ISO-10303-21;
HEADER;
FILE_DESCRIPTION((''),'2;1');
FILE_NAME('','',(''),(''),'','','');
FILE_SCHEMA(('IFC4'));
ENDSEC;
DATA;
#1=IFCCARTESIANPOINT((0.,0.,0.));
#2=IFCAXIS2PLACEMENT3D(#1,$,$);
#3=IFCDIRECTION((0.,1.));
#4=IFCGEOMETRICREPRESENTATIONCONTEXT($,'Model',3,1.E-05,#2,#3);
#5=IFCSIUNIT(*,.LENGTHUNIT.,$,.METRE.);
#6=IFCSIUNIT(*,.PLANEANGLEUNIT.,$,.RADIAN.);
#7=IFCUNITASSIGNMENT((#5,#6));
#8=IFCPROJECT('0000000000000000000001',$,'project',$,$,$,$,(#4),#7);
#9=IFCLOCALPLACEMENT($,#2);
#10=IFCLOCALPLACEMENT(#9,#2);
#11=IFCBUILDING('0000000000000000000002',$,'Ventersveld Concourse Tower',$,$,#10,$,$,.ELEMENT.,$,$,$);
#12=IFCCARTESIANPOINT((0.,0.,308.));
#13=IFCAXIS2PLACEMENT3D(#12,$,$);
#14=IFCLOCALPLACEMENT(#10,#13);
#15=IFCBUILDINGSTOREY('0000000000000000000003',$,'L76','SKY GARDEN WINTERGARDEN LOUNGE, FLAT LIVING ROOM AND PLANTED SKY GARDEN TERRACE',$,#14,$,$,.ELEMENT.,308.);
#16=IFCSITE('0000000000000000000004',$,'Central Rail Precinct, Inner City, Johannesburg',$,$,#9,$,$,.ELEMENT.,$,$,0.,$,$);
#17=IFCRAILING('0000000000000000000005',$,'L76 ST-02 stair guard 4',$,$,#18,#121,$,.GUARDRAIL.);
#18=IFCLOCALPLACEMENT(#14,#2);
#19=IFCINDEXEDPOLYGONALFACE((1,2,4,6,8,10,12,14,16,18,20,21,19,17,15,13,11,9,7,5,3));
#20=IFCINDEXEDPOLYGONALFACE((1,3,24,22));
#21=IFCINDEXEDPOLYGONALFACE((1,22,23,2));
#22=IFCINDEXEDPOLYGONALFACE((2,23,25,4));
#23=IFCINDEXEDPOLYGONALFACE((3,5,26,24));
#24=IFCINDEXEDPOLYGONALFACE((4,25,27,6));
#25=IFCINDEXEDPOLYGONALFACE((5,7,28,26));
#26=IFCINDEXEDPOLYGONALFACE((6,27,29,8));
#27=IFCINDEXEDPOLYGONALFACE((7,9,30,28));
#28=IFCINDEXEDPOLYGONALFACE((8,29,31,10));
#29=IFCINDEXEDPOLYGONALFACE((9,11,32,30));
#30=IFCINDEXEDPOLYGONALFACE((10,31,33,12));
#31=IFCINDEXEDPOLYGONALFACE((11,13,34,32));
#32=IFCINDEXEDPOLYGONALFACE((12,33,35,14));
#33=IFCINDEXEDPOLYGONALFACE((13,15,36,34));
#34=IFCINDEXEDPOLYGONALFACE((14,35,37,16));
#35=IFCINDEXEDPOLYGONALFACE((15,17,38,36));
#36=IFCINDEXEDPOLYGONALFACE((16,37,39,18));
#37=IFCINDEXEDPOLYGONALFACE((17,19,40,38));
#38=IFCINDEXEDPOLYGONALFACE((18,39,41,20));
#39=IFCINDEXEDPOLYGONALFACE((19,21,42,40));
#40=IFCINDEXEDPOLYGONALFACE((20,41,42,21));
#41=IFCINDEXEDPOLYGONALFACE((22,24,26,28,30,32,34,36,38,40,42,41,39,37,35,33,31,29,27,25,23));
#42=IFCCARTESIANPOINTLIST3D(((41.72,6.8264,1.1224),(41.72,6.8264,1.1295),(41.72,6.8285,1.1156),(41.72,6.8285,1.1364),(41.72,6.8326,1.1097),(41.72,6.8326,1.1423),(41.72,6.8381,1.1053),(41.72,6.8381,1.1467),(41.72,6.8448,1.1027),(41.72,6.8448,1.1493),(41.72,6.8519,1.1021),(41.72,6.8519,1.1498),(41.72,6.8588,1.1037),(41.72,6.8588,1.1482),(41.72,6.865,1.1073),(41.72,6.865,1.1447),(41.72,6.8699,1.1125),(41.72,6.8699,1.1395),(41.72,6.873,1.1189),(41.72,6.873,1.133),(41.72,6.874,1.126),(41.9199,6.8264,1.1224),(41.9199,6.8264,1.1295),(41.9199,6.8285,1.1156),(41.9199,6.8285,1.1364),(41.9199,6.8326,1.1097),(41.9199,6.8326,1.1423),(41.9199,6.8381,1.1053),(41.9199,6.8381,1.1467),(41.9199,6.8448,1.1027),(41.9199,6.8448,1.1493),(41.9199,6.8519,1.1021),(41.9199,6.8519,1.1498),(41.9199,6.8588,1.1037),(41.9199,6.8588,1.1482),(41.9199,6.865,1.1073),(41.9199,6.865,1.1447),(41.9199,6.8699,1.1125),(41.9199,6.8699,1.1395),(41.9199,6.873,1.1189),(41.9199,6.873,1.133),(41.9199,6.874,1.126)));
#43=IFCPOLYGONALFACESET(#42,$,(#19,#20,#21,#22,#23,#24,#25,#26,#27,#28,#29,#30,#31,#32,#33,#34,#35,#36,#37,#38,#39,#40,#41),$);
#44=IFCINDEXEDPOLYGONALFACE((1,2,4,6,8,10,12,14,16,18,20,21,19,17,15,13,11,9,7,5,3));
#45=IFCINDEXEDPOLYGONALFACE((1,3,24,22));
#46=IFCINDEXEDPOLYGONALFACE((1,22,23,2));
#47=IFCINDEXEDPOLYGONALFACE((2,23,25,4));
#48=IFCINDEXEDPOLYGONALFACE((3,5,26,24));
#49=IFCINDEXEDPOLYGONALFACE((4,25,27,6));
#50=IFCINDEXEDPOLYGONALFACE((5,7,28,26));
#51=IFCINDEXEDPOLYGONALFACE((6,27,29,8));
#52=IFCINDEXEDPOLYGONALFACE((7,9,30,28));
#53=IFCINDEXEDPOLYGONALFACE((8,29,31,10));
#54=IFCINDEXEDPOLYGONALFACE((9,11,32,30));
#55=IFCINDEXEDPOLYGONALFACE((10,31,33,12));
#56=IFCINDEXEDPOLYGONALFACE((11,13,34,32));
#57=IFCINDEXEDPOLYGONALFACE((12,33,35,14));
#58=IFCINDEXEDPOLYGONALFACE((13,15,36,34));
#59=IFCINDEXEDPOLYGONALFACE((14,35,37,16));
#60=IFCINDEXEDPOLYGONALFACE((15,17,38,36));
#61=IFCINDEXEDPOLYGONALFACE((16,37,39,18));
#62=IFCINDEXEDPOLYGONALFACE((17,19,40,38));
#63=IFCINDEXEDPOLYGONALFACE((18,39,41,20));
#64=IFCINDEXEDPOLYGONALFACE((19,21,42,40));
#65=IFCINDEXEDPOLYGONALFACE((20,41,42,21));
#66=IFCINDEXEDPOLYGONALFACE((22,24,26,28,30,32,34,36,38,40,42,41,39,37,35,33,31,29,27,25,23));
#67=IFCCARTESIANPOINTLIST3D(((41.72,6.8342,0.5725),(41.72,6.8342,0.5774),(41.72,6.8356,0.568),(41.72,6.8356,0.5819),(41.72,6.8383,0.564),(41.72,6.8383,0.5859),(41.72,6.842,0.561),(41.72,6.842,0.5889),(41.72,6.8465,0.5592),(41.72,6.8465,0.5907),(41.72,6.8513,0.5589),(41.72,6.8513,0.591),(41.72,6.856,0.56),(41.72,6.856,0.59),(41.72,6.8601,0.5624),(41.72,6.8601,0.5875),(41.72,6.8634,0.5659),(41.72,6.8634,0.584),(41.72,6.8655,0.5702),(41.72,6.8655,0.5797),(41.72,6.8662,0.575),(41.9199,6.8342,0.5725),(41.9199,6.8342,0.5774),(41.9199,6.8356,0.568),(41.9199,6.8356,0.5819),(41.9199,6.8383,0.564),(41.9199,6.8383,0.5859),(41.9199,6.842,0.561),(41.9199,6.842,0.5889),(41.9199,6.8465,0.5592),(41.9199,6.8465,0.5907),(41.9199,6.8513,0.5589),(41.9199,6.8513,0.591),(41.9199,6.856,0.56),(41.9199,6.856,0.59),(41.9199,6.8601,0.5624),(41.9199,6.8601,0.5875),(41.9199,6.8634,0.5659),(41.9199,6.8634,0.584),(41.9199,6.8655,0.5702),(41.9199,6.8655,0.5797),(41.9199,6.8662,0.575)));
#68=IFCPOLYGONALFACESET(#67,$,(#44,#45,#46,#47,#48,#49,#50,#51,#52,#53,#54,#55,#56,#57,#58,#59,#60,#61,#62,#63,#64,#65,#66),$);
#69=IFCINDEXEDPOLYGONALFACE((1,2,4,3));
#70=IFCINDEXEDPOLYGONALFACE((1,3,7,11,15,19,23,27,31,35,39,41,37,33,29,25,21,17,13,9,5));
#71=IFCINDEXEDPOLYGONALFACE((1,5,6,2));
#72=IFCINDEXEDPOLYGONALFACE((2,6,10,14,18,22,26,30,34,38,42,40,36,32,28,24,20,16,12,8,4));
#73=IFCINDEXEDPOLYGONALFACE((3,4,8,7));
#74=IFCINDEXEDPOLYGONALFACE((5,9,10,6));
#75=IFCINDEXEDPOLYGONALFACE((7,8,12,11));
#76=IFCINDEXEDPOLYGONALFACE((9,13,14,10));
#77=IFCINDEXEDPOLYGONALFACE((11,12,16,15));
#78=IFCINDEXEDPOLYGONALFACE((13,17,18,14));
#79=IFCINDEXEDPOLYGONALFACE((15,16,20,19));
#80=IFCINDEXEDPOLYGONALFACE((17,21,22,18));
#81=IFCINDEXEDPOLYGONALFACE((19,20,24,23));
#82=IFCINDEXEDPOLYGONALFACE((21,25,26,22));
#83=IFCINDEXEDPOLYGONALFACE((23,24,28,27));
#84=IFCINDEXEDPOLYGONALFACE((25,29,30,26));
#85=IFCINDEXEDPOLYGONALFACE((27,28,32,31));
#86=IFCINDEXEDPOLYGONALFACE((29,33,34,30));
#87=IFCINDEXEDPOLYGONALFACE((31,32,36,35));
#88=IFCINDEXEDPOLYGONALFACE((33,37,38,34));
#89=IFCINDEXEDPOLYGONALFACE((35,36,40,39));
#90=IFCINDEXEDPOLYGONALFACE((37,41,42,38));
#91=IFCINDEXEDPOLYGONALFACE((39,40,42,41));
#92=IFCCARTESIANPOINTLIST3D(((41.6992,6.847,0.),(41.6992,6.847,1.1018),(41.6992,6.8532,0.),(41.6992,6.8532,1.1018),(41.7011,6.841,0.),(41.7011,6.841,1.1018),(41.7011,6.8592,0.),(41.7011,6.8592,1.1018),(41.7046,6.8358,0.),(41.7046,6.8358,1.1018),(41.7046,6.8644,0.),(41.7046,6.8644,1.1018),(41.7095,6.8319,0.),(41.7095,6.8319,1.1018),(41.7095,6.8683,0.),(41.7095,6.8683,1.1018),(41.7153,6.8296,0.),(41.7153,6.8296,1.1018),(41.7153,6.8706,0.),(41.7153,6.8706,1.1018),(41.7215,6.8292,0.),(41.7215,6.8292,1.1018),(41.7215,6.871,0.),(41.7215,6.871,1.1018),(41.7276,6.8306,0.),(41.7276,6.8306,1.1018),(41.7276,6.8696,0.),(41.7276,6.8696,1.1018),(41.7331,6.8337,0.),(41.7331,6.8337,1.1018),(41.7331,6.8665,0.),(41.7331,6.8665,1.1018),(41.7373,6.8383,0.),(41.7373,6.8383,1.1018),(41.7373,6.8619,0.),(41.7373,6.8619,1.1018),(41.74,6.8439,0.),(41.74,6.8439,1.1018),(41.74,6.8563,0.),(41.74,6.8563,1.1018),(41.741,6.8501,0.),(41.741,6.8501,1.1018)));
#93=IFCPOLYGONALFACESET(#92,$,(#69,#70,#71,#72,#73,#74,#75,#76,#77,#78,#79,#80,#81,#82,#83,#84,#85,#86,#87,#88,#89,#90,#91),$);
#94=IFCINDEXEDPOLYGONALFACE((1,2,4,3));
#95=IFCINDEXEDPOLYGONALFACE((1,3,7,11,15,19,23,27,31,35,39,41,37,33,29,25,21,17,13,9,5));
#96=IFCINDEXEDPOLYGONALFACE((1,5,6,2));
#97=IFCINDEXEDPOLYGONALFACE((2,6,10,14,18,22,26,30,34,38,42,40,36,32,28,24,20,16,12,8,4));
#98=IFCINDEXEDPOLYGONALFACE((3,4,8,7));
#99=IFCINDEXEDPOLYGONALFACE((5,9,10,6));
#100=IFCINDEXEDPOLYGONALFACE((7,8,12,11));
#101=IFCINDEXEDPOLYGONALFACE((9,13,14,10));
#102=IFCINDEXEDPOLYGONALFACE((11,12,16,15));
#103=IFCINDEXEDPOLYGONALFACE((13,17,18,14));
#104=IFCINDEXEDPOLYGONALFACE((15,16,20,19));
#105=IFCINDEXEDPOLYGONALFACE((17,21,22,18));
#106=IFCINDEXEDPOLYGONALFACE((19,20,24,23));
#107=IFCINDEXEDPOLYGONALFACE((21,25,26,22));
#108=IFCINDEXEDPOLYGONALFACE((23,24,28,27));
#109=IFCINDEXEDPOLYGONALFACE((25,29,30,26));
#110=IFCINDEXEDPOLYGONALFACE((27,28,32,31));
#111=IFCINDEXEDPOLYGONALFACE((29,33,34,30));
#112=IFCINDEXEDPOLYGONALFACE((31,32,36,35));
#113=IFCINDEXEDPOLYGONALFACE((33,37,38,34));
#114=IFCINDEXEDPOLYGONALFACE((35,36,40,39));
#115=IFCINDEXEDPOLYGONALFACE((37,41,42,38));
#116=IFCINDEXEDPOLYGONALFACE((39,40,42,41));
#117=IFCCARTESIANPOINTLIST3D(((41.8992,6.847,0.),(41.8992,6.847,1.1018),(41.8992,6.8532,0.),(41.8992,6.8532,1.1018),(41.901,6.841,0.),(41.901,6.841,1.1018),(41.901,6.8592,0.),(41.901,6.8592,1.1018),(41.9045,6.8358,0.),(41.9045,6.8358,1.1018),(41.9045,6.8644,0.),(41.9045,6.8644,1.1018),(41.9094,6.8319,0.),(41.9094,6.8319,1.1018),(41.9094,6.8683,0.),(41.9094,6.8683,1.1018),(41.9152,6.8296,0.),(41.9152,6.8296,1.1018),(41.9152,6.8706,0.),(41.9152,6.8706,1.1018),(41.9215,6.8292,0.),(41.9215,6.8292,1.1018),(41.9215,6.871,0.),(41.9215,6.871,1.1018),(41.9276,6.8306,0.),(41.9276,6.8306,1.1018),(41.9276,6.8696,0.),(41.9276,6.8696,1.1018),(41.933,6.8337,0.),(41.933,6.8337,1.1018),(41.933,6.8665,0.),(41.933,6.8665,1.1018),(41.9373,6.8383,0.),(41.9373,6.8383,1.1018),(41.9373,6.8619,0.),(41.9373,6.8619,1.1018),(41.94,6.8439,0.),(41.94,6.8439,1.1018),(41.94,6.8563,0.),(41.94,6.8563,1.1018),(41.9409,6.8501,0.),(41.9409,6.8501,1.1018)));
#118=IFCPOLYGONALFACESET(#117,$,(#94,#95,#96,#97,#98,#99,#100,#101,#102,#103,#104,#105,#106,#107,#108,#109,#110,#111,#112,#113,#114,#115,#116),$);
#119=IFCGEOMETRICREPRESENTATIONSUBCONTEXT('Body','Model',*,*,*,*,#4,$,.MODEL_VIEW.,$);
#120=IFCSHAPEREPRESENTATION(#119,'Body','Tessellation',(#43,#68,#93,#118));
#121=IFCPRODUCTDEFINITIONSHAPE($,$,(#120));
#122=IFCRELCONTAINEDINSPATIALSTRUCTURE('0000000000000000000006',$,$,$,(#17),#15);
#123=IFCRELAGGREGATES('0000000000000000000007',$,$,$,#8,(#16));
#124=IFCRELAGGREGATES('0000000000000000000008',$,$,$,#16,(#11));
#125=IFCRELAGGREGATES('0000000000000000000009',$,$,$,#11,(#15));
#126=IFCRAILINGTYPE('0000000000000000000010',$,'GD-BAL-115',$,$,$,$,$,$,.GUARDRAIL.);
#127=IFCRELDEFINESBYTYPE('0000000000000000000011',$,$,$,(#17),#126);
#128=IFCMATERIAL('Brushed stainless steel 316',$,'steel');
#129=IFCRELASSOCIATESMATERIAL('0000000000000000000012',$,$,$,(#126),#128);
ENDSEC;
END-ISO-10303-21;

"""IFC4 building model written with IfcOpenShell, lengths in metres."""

from ifc_helpers import new_model, si_unit, direction, frame, origin, origin_2d, place, context, subcontext, project, spatial, circle, extrude, material, type_object, element, save


model = new_model("IFC4")

# Units and contexts
model_context = context("Model", 3, precision=1e-05, world=origin(), true_north=direction((0.0, 1.0)))
body_context = subcontext(model_context, "Body", "Model", "MODEL_VIEW")
ifc_project = project(units=[si_unit("LENGTHUNIT", "METRE"), si_unit("PLANEANGLEUNIT", "RADIAN")], contexts=[model_context])

# Site, building, storey
site_placement = place(None, origin())
site = spatial("IfcSite", under=ifc_project, at=site_placement, Name="Central Rail Precinct, Inner City, Johannesburg", CompositionType="ELEMENT", RefElevation=0.0)
building_placement = place(site_placement, origin())
building = spatial("IfcBuilding", under=site, at=building_placement, Name="Ventersveld Concourse Tower", CompositionType="ELEMENT")
storey_placement = place(building_placement, frame((0.0, 0.0, 308.0)))
storey = spatial("IfcBuildingStorey", under=building, at=storey_placement, Name="L76", Description="SKY GARDEN WINTERGARDEN LOUNGE, FLAT LIVING ROOM AND PLANTED SKY GARDEN TERRACE", CompositionType="ELEMENT", Elevation=308.0)

# Shared definitions
ifc_material_1 = material(Name="Brushed stainless steel 316", Category="steel")

# Railing
railing_type_1 = type_object("IfcRailingType", Name="GD-BAL-115", PredefinedType="GUARDRAIL", material=ifc_material_1)
railing_1_placement = place(storey_placement, frame((41.72, 6.8501, 0.0)))
element("IfcRailing", 1, at=railing_1_placement, inside=storey, type_object=railing_type_1, Name="L76 ST-02 stair guard 4", PredefinedType="GUARDRAIL", context=body_context, shape_type="SweptSolid", body=[
    extrude(circle(Radius=0.0239, at=origin_2d()), frame((0.0, 0.0, 1.126), z_axis=(1.0, 0.0, 0.0), x_axis=(0.0, 1.0, 0.0)), (0.0, 0.0, 1.0), 0.2),
    extrude(circle(Radius=0.0161, at=origin_2d()), frame((0.0, 0.0, 0.575), z_axis=(1.0, 0.0, 0.0), x_axis=(0.0, 1.0, 0.0)), (0.0, 0.0, 1.0), 0.2),
    extrude(circle(Radius=0.021, at=origin_2d()), origin(), (0.0, 0.0, 1.0), 1.1018),
    extrude(circle(Radius=0.021, at=origin_2d()), frame((0.2, 0.0, 0.0)), (0.0, 0.0, 1.0), 1.1018),
])

save(model, "model.ifc")
